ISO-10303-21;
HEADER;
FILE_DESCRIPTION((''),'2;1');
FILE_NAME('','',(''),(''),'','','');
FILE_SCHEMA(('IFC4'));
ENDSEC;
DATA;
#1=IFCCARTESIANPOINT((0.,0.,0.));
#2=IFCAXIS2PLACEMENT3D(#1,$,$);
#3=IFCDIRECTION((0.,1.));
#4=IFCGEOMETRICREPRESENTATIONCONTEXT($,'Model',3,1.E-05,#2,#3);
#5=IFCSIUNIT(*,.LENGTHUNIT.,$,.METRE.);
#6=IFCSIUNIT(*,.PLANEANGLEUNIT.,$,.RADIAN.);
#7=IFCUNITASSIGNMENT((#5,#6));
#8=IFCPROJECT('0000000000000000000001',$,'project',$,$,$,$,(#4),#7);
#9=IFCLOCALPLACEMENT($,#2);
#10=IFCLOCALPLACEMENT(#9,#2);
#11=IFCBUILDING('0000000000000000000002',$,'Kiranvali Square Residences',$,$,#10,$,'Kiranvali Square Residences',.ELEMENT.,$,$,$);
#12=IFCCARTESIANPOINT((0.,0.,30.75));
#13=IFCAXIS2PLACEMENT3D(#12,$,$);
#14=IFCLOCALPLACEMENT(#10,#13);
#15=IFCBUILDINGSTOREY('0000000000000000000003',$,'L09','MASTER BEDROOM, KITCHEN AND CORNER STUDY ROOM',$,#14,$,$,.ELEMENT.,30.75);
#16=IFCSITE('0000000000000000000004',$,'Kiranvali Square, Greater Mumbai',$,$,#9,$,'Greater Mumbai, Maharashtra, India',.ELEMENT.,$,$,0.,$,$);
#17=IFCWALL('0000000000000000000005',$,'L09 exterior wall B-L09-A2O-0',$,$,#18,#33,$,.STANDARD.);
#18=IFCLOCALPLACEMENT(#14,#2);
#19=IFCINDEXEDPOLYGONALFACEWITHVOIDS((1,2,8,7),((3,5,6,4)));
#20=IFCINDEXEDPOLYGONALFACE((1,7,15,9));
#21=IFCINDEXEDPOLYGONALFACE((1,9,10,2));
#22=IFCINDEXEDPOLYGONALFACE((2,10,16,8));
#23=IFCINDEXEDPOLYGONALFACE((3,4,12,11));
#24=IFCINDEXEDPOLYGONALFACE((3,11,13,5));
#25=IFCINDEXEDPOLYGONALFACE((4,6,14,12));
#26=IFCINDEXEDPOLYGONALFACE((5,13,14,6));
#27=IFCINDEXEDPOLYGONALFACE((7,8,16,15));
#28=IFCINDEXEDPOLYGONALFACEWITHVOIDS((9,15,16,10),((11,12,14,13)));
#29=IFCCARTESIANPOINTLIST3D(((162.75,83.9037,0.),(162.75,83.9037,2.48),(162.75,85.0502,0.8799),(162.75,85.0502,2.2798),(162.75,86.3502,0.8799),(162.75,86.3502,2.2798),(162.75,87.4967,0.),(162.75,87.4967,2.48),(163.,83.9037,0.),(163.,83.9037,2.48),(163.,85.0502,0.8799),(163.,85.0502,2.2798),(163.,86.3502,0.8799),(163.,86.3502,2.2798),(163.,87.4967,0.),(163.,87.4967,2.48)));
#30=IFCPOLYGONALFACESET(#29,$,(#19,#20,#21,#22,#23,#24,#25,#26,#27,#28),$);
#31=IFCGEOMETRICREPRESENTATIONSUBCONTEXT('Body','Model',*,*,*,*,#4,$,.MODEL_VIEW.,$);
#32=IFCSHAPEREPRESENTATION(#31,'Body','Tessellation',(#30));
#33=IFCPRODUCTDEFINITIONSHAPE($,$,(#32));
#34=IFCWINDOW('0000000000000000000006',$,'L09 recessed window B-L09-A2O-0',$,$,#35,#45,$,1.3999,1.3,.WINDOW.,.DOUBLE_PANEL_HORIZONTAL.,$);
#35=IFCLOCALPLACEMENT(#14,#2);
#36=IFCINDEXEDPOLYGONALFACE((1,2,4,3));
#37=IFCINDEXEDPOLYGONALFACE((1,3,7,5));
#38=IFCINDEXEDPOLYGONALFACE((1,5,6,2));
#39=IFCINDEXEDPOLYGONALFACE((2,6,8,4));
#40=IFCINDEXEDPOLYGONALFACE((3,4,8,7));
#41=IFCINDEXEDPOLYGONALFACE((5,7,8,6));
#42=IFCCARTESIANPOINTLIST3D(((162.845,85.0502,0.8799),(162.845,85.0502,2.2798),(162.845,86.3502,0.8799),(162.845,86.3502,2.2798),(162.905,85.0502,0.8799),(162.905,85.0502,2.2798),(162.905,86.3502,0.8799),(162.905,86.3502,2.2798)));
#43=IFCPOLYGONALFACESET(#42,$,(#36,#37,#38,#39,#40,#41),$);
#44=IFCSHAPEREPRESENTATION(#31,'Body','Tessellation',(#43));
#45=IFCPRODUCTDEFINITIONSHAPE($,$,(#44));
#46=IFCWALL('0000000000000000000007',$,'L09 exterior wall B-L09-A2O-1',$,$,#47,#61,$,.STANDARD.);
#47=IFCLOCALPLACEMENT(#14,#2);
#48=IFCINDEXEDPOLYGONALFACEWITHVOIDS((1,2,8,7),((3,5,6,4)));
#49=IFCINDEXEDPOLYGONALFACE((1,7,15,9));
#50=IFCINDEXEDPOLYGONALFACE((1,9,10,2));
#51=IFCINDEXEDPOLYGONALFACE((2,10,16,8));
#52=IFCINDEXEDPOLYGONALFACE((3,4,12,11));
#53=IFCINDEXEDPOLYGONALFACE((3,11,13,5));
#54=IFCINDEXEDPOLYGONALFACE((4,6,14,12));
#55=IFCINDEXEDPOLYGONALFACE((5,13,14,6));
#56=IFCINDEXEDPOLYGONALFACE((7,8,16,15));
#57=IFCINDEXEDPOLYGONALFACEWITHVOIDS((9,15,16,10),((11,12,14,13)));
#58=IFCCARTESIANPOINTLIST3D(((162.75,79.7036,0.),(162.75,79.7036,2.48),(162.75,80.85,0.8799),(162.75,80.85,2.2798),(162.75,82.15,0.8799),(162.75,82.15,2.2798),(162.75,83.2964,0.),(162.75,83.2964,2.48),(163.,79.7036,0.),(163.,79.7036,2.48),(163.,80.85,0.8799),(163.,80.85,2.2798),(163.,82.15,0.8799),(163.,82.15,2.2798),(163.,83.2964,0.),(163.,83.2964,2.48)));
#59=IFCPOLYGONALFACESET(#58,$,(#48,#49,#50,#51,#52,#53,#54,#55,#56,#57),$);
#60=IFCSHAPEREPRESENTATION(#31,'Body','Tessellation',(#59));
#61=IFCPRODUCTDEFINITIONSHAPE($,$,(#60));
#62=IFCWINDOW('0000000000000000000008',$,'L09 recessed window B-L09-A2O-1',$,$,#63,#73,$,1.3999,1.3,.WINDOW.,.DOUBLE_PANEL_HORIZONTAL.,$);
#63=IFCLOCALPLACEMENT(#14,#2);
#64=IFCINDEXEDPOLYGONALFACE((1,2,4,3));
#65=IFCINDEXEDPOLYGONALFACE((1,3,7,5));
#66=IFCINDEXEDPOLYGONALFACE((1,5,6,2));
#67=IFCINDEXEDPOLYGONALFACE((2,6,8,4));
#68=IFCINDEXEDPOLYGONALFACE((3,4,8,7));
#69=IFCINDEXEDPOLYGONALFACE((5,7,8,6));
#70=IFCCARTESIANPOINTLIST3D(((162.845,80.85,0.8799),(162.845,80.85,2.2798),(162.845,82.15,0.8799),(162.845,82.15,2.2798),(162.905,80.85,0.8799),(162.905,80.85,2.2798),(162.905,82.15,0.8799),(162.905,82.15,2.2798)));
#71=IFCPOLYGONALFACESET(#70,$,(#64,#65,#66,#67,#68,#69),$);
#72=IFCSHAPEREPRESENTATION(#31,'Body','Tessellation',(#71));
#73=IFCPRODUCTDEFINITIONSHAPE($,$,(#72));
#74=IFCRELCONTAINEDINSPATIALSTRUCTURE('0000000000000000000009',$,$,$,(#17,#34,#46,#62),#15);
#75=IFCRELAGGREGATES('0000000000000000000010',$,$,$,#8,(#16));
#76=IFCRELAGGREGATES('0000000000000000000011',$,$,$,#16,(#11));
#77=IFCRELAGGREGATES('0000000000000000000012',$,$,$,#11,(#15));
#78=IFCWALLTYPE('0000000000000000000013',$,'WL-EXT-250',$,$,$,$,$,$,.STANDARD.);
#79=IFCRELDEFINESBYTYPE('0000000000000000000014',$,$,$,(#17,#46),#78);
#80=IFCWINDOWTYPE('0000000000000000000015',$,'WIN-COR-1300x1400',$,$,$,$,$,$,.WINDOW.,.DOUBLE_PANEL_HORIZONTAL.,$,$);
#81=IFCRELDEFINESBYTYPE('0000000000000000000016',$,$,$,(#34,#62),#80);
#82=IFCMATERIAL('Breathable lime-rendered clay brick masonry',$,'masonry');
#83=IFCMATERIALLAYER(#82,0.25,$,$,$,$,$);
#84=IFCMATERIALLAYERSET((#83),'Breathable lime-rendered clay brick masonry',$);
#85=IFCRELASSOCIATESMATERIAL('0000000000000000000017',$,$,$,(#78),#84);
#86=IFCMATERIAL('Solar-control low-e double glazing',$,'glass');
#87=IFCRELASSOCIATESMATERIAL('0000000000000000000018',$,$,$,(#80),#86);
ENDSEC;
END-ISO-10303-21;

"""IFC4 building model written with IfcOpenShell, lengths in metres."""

from ifc_helpers import new_model, si_unit, direction, frame, frame_2d, origin, place, context, subcontext, project, spatial, rectangle, extrude, material, layer, layer_set, type_object, element, fill, save


model = new_model("IFC4")

# Units and contexts
model_context = context("Model", 3, precision=1e-05, world=origin(), true_north=direction((0.0, 1.0)))
body_context = subcontext(model_context, "Body", "Model", "MODEL_VIEW")
ifc_project = project(units=[si_unit("LENGTHUNIT", "METRE"), si_unit("PLANEANGLEUNIT", "RADIAN")], contexts=[model_context])

# Site, building, storey
site_placement = place(None, origin())
site = spatial("IfcSite", under=ifc_project, at=site_placement, Name="Kiranvali Square, Greater Mumbai", LongName="Greater Mumbai, Maharashtra, India", CompositionType="ELEMENT", RefElevation=0.0)
building_placement = place(site_placement, origin())
building = spatial("IfcBuilding", under=site, at=building_placement, Name="Kiranvali Square Residences", LongName="Kiranvali Square Residences", CompositionType="ELEMENT")
storey_placement = place(building_placement, frame((0.0, 0.0, 30.75)))
storey = spatial("IfcBuildingStorey", under=building, at=storey_placement, Name="L09", Description="MASTER BEDROOM, KITCHEN AND CORNER STUDY ROOM", CompositionType="ELEMENT", Elevation=30.75)

# Walls, openings, windows
ifc_material_1 = material(Name="Breathable lime-rendered clay brick masonry", Category="masonry")
ifc_layer = layer(ifc_material_1, 0.25)
ifc_layer_set = layer_set([ifc_layer], Name="Breathable lime-rendered clay brick masonry")
wall_type = type_object("IfcWallType", Name="WL-EXT-250", PredefinedType="STANDARD", material=ifc_layer_set)
wall_1_placement = place(storey_placement, frame((162.875, 87.4966, 0.0), z_axis=(0.0, 0.0, 1.0), x_axis=(0.0, -1.0, 0.0)))
wall_1 = element("IfcWall", 1, at=wall_1_placement, inside=storey, type_object=wall_type, Name="L09 exterior wall B-L09-A2O-0", PredefinedType="STANDARD", context=body_context, shape_type="SweptSolid", body=[
    extrude(rectangle(XDim=3.593, YDim=0.25, at=frame_2d((1.7964, 0.0))), origin(), (0.0, 0.0, 1.0), 2.48),
])
opening_1_placement = place(wall_1_placement, frame((1.1465, 0.0, 0.8799)))
opening_1 = element("IfcOpeningElement", 2, at=opening_1_placement, cuts=wall_1, PredefinedType="OPENING", context=body_context, shape_type="SweptSolid", body=[
    extrude(rectangle(XDim=1.3, YDim=1.3999, at=frame_2d((0.6499, 0.7))), frame((0.0, 0.135, 0.0), z_axis=(0.0, -1.0, 0.0), x_axis=(1.0, 0.0, 0.0)), (0.0, 0.0, 1.0), 0.27),
])
ifc_material_2 = material(Name="Solar-control low-e double glazing", Category="glass")
window_type = type_object("IfcWindowType", Name="WIN-COR-1300x1400", PartitioningType="DOUBLE_PANEL_HORIZONTAL", PredefinedType="WINDOW", material=ifc_material_2)
window_1_placement = place(opening_1_placement, origin())
window_1 = element("IfcWindow", 3, at=window_1_placement, inside=storey, type_object=window_type, Name="L09 recessed window B-L09-A2O-0", OverallHeight=1.3999, OverallWidth=1.3, PartitioningType="DOUBLE_PANEL_HORIZONTAL", PredefinedType="WINDOW", context=body_context, shape_type="SweptSolid", body=[
    extrude(rectangle(XDim=1.3, YDim=1.3999, at=frame_2d((0.6499, 0.7))), frame((0.0, 0.03, 0.0), z_axis=(0.0, -1.0, 0.0), x_axis=(1.0, 0.0, 0.0)), (0.0, 0.0, 1.0), 0.0601),
])
fill(opening_1, window_1)
wall_2_placement = place(storey_placement, frame((162.875, 83.2964, 0.0), z_axis=(0.0, 0.0, 1.0), x_axis=(0.0, -1.0, 0.0)))
wall_2 = element("IfcWall", 4, at=wall_2_placement, inside=storey, type_object=wall_type, Name="L09 exterior wall B-L09-A2O-1", PredefinedType="STANDARD", context=body_context, shape_type="SweptSolid", body=[
    extrude(rectangle(XDim=3.5928, YDim=0.25, at=frame_2d((1.7964, 0.0))), origin(), (0.0, 0.0, 1.0), 2.48),
])
opening_2_placement = place(wall_2_placement, frame((1.1465, 0.0, 0.8799)))
opening_2 = element("IfcOpeningElement", 5, at=opening_2_placement, cuts=wall_2, PredefinedType="OPENING", context=body_context, shape_type="SweptSolid", body=[
    extrude(rectangle(XDim=1.3, YDim=1.3999, at=frame_2d((0.6499, 0.7))), frame((0.0, 0.135, 0.0), z_axis=(0.0, -1.0, 0.0), x_axis=(1.0, 0.0, 0.0)), (0.0, 0.0, 1.0), 0.27),
])
window_2_placement = place(opening_2_placement, origin())
window_2 = element("IfcWindow", 6, at=window_2_placement, inside=storey, type_object=window_type, Name="L09 recessed window B-L09-A2O-1", OverallHeight=1.3999, OverallWidth=1.3, PartitioningType="DOUBLE_PANEL_HORIZONTAL", PredefinedType="WINDOW", context=body_context, shape_type="SweptSolid", body=[
    extrude(rectangle(XDim=1.3, YDim=1.3999, at=frame_2d((0.6499, 0.7))), frame((0.0, 0.03, 0.0), z_axis=(0.0, -1.0, 0.0), x_axis=(1.0, 0.0, 0.0)), (0.0, 0.0, 1.0), 0.0601),
])
fill(opening_2, window_2)

save(model, "model.ifc")
